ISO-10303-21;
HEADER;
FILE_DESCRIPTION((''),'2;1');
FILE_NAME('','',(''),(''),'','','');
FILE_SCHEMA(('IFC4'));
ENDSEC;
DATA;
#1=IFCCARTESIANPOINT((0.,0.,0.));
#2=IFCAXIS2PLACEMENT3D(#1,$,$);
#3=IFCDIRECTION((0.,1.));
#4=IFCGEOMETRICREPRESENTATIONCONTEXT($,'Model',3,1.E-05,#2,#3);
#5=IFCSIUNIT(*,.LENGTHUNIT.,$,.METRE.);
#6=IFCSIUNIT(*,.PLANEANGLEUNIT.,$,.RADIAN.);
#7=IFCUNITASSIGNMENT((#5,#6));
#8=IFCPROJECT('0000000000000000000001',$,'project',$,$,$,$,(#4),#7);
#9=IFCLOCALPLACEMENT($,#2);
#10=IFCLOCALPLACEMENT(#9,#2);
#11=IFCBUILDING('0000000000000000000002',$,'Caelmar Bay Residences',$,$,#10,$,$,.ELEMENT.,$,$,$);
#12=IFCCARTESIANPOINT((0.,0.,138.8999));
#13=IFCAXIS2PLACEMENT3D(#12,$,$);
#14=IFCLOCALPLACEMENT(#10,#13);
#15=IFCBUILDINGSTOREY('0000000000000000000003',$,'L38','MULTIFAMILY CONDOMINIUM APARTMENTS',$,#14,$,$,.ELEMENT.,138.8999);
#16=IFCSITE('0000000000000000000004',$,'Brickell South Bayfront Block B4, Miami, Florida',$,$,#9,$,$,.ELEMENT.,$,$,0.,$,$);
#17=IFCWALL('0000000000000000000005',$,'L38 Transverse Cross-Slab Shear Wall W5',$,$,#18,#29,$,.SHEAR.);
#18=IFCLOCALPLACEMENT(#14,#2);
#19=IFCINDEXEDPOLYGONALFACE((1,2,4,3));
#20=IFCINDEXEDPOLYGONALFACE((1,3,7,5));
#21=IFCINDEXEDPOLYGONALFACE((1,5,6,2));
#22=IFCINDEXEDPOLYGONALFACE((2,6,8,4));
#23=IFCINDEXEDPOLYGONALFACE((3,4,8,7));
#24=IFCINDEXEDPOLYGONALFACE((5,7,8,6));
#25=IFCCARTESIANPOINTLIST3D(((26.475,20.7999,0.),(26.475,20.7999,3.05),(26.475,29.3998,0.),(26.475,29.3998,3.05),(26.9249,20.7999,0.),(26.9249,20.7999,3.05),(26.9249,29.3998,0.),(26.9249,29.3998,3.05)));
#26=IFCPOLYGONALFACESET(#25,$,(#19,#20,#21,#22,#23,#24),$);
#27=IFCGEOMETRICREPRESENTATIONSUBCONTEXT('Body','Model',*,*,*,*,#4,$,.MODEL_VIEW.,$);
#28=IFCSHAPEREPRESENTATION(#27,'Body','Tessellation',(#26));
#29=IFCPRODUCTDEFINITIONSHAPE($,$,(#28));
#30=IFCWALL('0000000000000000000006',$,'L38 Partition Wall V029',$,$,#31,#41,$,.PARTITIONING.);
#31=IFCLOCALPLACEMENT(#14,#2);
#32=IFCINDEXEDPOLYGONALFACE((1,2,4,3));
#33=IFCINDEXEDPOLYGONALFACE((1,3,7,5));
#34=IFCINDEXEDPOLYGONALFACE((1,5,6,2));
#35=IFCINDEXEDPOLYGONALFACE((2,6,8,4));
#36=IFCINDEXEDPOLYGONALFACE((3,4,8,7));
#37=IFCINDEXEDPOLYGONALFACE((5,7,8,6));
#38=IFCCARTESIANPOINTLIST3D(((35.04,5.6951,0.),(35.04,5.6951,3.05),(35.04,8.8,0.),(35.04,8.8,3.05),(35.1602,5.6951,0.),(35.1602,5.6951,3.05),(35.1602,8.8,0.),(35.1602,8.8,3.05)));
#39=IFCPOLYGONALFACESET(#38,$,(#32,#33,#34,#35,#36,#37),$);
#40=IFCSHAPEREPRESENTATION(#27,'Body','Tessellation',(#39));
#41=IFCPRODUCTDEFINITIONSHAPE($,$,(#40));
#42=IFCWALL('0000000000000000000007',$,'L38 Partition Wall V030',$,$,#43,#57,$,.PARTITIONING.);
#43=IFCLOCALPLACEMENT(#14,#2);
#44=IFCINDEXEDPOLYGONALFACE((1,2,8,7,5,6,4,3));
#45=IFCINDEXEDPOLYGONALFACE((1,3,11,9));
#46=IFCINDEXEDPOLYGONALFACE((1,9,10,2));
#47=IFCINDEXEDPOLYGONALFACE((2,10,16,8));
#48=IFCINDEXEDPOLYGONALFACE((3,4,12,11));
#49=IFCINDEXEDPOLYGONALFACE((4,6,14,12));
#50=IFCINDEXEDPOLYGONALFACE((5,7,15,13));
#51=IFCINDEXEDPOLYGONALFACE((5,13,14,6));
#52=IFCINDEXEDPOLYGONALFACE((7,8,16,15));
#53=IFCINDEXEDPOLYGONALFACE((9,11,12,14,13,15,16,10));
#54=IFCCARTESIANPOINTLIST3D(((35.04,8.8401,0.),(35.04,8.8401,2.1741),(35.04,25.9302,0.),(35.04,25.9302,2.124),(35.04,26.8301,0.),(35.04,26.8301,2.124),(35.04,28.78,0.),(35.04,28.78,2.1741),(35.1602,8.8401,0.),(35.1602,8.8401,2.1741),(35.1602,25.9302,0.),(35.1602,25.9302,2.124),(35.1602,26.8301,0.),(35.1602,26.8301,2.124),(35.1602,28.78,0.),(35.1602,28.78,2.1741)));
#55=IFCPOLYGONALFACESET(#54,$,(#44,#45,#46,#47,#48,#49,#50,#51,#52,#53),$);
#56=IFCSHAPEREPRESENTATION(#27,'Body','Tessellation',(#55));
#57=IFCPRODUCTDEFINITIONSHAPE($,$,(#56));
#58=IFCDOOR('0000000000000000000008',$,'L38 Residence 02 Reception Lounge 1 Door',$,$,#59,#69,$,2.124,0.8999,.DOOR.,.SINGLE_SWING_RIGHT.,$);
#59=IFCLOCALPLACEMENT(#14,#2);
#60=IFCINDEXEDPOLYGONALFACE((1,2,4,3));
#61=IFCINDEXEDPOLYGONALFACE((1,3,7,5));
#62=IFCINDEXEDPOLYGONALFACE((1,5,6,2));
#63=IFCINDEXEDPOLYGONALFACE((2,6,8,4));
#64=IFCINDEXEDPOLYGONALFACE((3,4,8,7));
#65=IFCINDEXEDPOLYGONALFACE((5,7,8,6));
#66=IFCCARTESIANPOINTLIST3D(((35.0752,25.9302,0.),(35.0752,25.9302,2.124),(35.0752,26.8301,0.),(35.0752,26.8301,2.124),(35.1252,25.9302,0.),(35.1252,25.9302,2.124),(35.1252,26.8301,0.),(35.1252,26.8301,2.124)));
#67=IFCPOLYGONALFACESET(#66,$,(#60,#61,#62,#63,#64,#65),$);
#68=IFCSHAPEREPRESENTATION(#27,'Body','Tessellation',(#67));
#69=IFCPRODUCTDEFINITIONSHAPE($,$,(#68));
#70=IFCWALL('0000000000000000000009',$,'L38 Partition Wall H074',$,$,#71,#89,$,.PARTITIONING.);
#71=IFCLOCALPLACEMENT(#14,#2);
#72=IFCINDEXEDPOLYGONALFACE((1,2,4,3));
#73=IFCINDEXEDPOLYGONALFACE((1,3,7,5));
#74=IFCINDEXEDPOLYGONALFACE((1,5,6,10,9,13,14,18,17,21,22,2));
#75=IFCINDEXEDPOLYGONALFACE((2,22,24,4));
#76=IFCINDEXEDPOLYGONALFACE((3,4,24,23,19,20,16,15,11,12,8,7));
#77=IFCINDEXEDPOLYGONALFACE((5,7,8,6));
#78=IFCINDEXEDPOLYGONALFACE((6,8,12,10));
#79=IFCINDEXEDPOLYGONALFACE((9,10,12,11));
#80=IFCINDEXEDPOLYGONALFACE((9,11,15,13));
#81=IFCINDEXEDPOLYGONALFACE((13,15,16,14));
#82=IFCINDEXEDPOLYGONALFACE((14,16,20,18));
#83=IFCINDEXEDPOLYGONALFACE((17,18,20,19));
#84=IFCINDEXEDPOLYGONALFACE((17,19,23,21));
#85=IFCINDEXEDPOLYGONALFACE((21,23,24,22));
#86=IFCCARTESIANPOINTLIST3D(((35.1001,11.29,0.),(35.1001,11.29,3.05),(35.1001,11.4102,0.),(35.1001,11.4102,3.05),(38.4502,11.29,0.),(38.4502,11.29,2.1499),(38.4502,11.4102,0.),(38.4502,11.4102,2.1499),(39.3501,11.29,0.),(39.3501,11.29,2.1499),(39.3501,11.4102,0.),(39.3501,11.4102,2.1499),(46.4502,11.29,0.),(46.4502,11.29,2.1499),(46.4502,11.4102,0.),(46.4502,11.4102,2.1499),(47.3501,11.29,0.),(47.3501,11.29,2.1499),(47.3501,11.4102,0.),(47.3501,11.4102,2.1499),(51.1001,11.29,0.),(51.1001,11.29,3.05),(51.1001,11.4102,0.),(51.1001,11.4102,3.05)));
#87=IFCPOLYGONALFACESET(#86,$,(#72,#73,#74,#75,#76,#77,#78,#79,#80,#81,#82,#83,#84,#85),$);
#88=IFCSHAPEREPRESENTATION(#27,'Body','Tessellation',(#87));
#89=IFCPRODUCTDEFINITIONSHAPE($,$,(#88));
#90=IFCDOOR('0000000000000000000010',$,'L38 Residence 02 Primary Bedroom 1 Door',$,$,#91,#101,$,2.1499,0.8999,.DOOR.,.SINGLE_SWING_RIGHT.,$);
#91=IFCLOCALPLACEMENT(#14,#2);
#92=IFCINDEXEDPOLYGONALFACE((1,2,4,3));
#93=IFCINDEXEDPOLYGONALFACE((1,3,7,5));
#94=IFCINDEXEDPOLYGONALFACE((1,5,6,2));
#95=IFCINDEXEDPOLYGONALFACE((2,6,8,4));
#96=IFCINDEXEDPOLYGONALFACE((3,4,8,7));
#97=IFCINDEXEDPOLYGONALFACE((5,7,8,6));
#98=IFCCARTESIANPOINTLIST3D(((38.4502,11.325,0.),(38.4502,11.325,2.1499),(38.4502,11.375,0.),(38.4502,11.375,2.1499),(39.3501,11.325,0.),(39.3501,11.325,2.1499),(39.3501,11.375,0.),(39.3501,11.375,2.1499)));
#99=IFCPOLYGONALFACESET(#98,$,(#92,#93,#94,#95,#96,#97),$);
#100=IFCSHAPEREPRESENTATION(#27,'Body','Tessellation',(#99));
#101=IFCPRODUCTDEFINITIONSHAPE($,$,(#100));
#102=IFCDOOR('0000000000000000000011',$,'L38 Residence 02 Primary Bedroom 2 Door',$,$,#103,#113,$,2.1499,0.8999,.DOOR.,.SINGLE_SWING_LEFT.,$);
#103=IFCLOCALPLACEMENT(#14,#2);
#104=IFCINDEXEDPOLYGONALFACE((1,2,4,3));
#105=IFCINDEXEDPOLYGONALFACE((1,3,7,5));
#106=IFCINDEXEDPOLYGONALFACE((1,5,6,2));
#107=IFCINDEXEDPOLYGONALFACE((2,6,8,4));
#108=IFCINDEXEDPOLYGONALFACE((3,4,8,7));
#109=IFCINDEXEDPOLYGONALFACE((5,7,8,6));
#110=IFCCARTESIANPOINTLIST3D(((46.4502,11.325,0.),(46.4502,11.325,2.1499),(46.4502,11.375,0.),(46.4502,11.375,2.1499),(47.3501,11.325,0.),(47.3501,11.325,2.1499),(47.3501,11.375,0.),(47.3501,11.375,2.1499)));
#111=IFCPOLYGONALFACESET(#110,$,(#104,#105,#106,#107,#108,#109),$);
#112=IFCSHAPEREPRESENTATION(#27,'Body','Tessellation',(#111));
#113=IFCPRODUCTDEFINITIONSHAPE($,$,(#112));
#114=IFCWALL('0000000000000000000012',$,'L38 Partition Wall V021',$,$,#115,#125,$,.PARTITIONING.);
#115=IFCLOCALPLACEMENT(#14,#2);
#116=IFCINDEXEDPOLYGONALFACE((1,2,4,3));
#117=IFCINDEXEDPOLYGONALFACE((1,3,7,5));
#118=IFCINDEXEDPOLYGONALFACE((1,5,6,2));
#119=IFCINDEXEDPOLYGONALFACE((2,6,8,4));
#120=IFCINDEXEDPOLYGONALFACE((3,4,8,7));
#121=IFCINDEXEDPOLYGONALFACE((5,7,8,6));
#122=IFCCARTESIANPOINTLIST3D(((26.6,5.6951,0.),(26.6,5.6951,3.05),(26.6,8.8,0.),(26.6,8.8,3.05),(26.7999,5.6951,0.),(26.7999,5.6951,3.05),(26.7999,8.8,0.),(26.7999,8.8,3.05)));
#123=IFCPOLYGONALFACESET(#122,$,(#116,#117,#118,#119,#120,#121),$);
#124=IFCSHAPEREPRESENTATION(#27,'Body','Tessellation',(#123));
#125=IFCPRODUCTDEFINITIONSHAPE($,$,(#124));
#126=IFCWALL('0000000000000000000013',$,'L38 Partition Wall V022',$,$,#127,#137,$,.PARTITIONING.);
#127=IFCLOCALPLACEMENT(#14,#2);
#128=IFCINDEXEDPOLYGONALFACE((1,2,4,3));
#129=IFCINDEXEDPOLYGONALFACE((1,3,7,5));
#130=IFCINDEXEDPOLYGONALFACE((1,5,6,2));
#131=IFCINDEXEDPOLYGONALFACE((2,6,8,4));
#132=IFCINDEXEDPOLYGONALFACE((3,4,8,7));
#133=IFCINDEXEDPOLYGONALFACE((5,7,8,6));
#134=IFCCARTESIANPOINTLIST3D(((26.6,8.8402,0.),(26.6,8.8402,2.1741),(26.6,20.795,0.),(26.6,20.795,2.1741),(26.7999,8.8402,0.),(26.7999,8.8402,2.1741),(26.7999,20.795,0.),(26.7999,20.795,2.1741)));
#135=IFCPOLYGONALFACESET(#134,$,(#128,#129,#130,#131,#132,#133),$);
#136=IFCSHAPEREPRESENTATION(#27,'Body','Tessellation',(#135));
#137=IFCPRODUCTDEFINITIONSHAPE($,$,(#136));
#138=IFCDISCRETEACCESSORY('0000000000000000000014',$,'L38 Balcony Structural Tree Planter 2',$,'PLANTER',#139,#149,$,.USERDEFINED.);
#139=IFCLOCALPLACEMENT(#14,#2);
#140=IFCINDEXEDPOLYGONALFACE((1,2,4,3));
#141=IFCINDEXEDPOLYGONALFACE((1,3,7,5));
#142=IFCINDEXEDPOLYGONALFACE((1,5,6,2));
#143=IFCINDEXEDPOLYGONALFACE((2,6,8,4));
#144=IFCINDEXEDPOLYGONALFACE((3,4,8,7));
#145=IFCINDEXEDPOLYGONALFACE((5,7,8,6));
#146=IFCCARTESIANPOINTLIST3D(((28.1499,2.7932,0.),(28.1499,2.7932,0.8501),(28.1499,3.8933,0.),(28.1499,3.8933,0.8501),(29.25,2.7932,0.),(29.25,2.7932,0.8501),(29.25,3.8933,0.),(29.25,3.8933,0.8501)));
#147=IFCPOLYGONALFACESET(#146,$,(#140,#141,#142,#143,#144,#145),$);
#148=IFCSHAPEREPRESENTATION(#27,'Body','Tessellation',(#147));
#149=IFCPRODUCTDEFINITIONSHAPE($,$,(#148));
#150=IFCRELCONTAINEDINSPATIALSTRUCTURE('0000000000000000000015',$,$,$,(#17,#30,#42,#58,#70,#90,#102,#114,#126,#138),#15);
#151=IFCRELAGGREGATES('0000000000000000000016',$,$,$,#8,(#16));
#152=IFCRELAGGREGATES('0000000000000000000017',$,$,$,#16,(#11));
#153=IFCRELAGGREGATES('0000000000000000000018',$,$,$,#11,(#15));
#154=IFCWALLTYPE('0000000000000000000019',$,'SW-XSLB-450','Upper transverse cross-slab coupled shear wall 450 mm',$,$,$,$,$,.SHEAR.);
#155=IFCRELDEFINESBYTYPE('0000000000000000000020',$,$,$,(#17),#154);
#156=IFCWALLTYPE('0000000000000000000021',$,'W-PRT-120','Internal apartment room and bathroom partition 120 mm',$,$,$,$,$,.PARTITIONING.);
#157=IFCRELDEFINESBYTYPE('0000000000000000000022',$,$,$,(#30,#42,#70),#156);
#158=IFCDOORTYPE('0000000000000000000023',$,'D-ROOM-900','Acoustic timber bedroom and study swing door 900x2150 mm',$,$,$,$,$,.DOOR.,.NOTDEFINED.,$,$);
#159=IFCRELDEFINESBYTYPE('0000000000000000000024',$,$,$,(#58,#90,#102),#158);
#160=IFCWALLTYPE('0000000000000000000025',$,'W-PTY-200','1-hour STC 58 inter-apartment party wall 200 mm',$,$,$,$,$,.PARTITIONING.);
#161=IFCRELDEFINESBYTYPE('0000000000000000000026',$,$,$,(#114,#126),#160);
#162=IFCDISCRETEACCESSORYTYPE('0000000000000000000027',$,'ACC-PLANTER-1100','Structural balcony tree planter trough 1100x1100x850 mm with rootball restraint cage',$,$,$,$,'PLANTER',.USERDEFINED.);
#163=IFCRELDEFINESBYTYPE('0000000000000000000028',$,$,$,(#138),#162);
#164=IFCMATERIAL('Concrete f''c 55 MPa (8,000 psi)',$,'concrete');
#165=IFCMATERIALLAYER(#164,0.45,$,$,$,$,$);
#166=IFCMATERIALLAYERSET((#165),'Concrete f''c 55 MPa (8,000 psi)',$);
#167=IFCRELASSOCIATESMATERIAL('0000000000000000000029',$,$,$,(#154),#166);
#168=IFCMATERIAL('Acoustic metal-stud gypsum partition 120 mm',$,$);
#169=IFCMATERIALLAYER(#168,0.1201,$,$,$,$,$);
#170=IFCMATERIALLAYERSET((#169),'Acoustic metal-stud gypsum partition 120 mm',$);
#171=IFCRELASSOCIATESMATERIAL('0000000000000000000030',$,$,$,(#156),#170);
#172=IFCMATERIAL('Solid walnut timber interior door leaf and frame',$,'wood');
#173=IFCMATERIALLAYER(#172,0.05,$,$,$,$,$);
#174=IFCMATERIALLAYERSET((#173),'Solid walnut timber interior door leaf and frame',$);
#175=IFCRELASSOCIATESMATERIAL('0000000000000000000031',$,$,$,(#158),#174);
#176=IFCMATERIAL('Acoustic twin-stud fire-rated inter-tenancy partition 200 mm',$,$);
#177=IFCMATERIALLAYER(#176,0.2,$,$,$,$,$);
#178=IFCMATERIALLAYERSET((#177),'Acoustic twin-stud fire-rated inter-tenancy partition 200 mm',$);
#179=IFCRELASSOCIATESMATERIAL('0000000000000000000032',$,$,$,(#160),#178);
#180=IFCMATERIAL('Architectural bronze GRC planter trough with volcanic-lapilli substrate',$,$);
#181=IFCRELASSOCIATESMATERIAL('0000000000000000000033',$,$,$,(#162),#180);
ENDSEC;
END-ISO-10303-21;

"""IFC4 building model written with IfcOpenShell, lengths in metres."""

from ifc_helpers import new_model, si_unit, direction, frame, frame_2d, origin, origin_2d, place, context, subcontext, project, spatial, rectangle, extrude, material, layer, layer_set, type_object, element, fill, save


model = new_model("IFC4")

# Units and contexts
model_context = context("Model", 3, precision=1e-05, world=origin(), true_north=direction((0.0, 1.0)))
body_context = subcontext(model_context, "Body", "Model", "MODEL_VIEW")
ifc_project = project(units=[si_unit("LENGTHUNIT", "METRE"), si_unit("PLANEANGLEUNIT", "RADIAN")], contexts=[model_context])

# Site, building, storey
site_placement = place(None, origin())
site = spatial("IfcSite", under=ifc_project, at=site_placement, Name="Brickell South Bayfront Block B4, Miami, Florida", CompositionType="ELEMENT", RefElevation=0.0)
building_placement = place(site_placement, origin())
building = spatial("IfcBuilding", under=site, at=building_placement, Name="Caelmar Bay Residences", CompositionType="ELEMENT")
storey_placement = place(building_placement, frame((0.0, 0.0, 138.8999)))
storey = spatial("IfcBuildingStorey", under=building, at=storey_placement, Name="L38", Description="MULTIFAMILY CONDOMINIUM APARTMENTS", CompositionType="ELEMENT", Elevation=138.8999)

# Walls
ifc_material_1 = material(Name="Concrete f'c 55 MPa (8,000 psi)", Category="concrete")
ifc_layer_1 = layer(ifc_material_1, 0.45)
ifc_layer_set_1 = layer_set([ifc_layer_1], Name="Concrete f'c 55 MPa (8,000 psi)")
wall_type_1 = type_object("IfcWallType", Name="SW-XSLB-450", Description="Upper transverse cross-slab coupled shear wall 450 mm", PredefinedType="SHEAR", material=ifc_layer_set_1)
wall_1_placement = place(storey_placement, frame((26.7, 20.8, 0.0), z_axis=(0.0, 0.0, 1.0), x_axis=(0.0, 1.0, 0.0)))
element("IfcWall", 1, at=wall_1_placement, inside=storey, type_object=wall_type_1, Name="L38 Transverse Cross-Slab Shear Wall W5", PredefinedType="SHEAR", context=body_context, shape_type="SweptSolid", body=[
    extrude(rectangle(XDim=8.5999, YDim=0.45, at=frame_2d((4.2998, 0.0))), origin(), (0.0, 0.0, 1.0), 3.05),
])
ifc_material_2 = material(Name="Acoustic metal-stud gypsum partition 120 mm")
ifc_layer_2 = layer(ifc_material_2, 0.1201)
ifc_layer_set_2 = layer_set([ifc_layer_2], Name="Acoustic metal-stud gypsum partition 120 mm")
wall_type_2 = type_object("IfcWallType", Name="W-PRT-120", Description="Internal apartment room and bathroom partition 120 mm", PredefinedType="PARTITIONING", material=ifc_layer_set_2)
wall_2_placement = place(storey_placement, frame((35.1001, 5.6951, 0.0), z_axis=(0.0, 0.0, 1.0), x_axis=(0.0, 1.0, 0.0)))
element("IfcWall", 2, at=wall_2_placement, inside=storey, type_object=wall_type_2, Name="L38 Partition Wall V029", PredefinedType="PARTITIONING", context=body_context, shape_type="SweptSolid", body=[
    extrude(rectangle(XDim=3.105, YDim=0.1201, at=frame_2d((1.5525, 0.0))), origin(), (0.0, 0.0, 1.0), 3.05),
])

# Wall, opening, door
wall_3_placement = place(storey_placement, frame((35.1001, 8.8401, 0.0), z_axis=(0.0, 0.0, 1.0), x_axis=(0.0, 1.0, 0.0)))
wall_3 = element("IfcWall", 3, at=wall_3_placement, inside=storey, type_object=wall_type_2, Name="L38 Partition Wall V030", PredefinedType="PARTITIONING", context=body_context, shape_type="SweptSolid", body=[
    extrude(rectangle(XDim=19.9399, YDim=0.1201, at=frame_2d((9.97, 0.0))), origin(), (0.0, 0.0, 1.0), 2.1741),
])
opening_1_placement = place(wall_3_placement, frame((17.0901, 0.0, 0.0)))
opening_1 = element("IfcOpeningElement", 4, at=opening_1_placement, cuts=wall_3, PredefinedType="OPENING", context=body_context, shape_type="SweptSolid", body=[
    extrude(rectangle(XDim=0.8999, YDim=2.124, at=frame_2d((0.45, 1.062))), frame((0.0, 0.0701, 0.0), z_axis=(0.0, -1.0, 0.0), x_axis=(1.0, 0.0, 0.0)), (0.0, 0.0, 1.0), 0.1401),
])
ifc_material_3 = material(Name="Solid walnut timber interior door leaf and frame", Category="wood")
ifc_layer_3 = layer(ifc_material_3, 0.05)
ifc_layer_set_3 = layer_set([ifc_layer_3], Name="Solid walnut timber interior door leaf and frame")
door_type = type_object("IfcDoorType", Name="D-ROOM-900", Description="Acoustic timber bedroom and study swing door 900x2150 mm", OperationType="NOTDEFINED", PredefinedType="DOOR", material=ifc_layer_set_3)
door_1_placement = place(opening_1_placement, origin())
door_1 = element("IfcDoor", 5, at=door_1_placement, inside=storey, type_object=door_type, Name="L38 Residence 02 Reception Lounge 1 Door", OperationType="SINGLE_SWING_RIGHT", OverallHeight=2.124, OverallWidth=0.8999, PredefinedType="DOOR", context=body_context, shape_type="SweptSolid", body=[
    extrude(rectangle(XDim=0.8999, YDim=2.124, at=frame_2d((0.45, 1.062))), frame((0.0, 0.0249, 0.0), z_axis=(0.0, -1.0, 0.0), x_axis=(1.0, 0.0, 0.0)), (0.0, 0.0, 1.0), 0.05),
])
fill(opening_1, door_1)

# Wall, openings, doors
wall_4_placement = place(storey_placement, frame((35.1001, 11.3501, 0.0), z_axis=(0.0, 0.0, 1.0), x_axis=(1.0, 0.0, 0.0)))
wall_4 = element("IfcWall", 6, at=wall_4_placement, inside=storey, type_object=wall_type_2, Name="L38 Partition Wall H074", PredefinedType="PARTITIONING", context=body_context, shape_type="SweptSolid", body=[
    extrude(rectangle(XDim=16.0, YDim=0.1201, at=frame_2d((8.0, 0.0))), origin(), (0.0, 0.0, 1.0), 3.05),
])
opening_2_placement = place(wall_4_placement, frame((3.3501, 0.0, 0.0)))
opening_2 = element("IfcOpeningElement", 7, at=opening_2_placement, cuts=wall_4, PredefinedType="OPENING", context=body_context, shape_type="SweptSolid", body=[
    extrude(rectangle(XDim=0.8999, YDim=2.1499, at=frame_2d((0.45, 1.075))), frame((0.0, 0.0701, 0.0), z_axis=(0.0, -1.0, 0.0), x_axis=(1.0, 0.0, 0.0)), (0.0, 0.0, 1.0), 0.1401),
])
opening_3_placement = place(wall_4_placement, frame((11.3501, 0.0, 0.0)))
opening_3 = element("IfcOpeningElement", 8, at=opening_3_placement, cuts=wall_4, PredefinedType="OPENING", context=body_context, shape_type="SweptSolid", body=[
    extrude(rectangle(XDim=0.8999, YDim=2.1499, at=frame_2d((0.45, 1.075))), frame((0.0, 0.0701, 0.0), z_axis=(0.0, -1.0, 0.0), x_axis=(1.0, 0.0, 0.0)), (0.0, 0.0, 1.0), 0.1401),
])
door_2_placement = place(opening_2_placement, origin())
door_2 = element("IfcDoor", 9, at=door_2_placement, inside=storey, type_object=door_type, Name="L38 Residence 02 Primary Bedroom 1 Door", OperationType="SINGLE_SWING_RIGHT", OverallHeight=2.1499, OverallWidth=0.8999, PredefinedType="DOOR", context=body_context, shape_type="SweptSolid", body=[
    extrude(rectangle(XDim=0.8999, YDim=2.1499, at=frame_2d((0.45, 1.075))), frame((0.0, 0.0249, 0.0), z_axis=(0.0, -1.0, 0.0), x_axis=(1.0, 0.0, 0.0)), (0.0, 0.0, 1.0), 0.05),
])
fill(opening_2, door_2)
door_3_placement = place(opening_3_placement, origin())
door_3 = element("IfcDoor", 10, at=door_3_placement, inside=storey, type_object=door_type, Name="L38 Residence 02 Primary Bedroom 2 Door", OperationType="SINGLE_SWING_LEFT", OverallHeight=2.1499, OverallWidth=0.8999, PredefinedType="DOOR", context=body_context, shape_type="SweptSolid", body=[
    extrude(rectangle(XDim=0.8999, YDim=2.1499, at=frame_2d((0.45, 1.075))), frame((0.0, 0.0249, 0.0), z_axis=(0.0, -1.0, 0.0), x_axis=(1.0, 0.0, 0.0)), (0.0, 0.0, 1.0), 0.05),
])
fill(opening_3, door_3)

# Walls
ifc_material_4 = material(Name="Acoustic twin-stud fire-rated inter-tenancy partition 200 mm")
ifc_layer_4 = layer(ifc_material_4, 0.2)
ifc_layer_set_4 = layer_set([ifc_layer_4], Name="Acoustic twin-stud fire-rated inter-tenancy partition 200 mm")
wall_type_3 = type_object("IfcWallType", Name="W-PTY-200", Description="1-hour STC 58 inter-apartment party wall 200 mm", PredefinedType="PARTITIONING", material=ifc_layer_set_4)
wall_5_placement = place(storey_placement, frame((26.7, 5.6951, 0.0), z_axis=(0.0, 0.0, 1.0), x_axis=(0.0, 1.0, 0.0)))
element("IfcWall", 11, at=wall_5_placement, inside=storey, type_object=wall_type_3, Name="L38 Partition Wall V021", PredefinedType="PARTITIONING", context=body_context, shape_type="SweptSolid", body=[
    extrude(rectangle(XDim=3.105, YDim=0.2, at=frame_2d((1.5525, 0.0))), origin(), (0.0, 0.0, 1.0), 3.05),
])
wall_6_placement = place(storey_placement, frame((26.7, 8.8401, 0.0), z_axis=(0.0, 0.0, 1.0), x_axis=(0.0, 1.0, 0.0)))
element("IfcWall", 12, at=wall_6_placement, inside=storey, type_object=wall_type_3, Name="L38 Partition Wall V022", PredefinedType="PARTITIONING", context=body_context, shape_type="SweptSolid", body=[
    extrude(rectangle(XDim=11.9548, YDim=0.2, at=frame_2d((5.9775, 0.0))), origin(), (0.0, 0.0, 1.0), 2.1741),
])

# Discrete accessory
ifc_material_5 = material(Name="Architectural bronze GRC planter trough with volcanic-lapilli substrate")
discrete_accessory_type = type_object("IfcDiscreteAccessoryType", Name="ACC-PLANTER-1100", Description="Structural balcony tree planter trough 1100x1100x850 mm with rootball restraint cage", ElementType="PLANTER", PredefinedType="USERDEFINED", material=ifc_material_5)
discrete_accessory_placement = place(storey_placement, frame((28.7, 3.3433, 0.0), z_axis=(0.0, 0.0, 1.0), x_axis=(1.0, 0.0, 0.0)))
element("IfcDiscreteAccessory", 13, at=discrete_accessory_placement, inside=storey, type_object=discrete_accessory_type, Name="L38 Balcony Structural Tree Planter 2", ObjectType="PLANTER", PredefinedType="USERDEFINED", context=body_context, shape_type="SweptSolid", body=[
    extrude(rectangle(XDim=1.1001, YDim=1.1001, at=origin_2d()), origin(), (0.0, 0.0, 1.0), 0.8501),
])

save(model, "model.ifc")
